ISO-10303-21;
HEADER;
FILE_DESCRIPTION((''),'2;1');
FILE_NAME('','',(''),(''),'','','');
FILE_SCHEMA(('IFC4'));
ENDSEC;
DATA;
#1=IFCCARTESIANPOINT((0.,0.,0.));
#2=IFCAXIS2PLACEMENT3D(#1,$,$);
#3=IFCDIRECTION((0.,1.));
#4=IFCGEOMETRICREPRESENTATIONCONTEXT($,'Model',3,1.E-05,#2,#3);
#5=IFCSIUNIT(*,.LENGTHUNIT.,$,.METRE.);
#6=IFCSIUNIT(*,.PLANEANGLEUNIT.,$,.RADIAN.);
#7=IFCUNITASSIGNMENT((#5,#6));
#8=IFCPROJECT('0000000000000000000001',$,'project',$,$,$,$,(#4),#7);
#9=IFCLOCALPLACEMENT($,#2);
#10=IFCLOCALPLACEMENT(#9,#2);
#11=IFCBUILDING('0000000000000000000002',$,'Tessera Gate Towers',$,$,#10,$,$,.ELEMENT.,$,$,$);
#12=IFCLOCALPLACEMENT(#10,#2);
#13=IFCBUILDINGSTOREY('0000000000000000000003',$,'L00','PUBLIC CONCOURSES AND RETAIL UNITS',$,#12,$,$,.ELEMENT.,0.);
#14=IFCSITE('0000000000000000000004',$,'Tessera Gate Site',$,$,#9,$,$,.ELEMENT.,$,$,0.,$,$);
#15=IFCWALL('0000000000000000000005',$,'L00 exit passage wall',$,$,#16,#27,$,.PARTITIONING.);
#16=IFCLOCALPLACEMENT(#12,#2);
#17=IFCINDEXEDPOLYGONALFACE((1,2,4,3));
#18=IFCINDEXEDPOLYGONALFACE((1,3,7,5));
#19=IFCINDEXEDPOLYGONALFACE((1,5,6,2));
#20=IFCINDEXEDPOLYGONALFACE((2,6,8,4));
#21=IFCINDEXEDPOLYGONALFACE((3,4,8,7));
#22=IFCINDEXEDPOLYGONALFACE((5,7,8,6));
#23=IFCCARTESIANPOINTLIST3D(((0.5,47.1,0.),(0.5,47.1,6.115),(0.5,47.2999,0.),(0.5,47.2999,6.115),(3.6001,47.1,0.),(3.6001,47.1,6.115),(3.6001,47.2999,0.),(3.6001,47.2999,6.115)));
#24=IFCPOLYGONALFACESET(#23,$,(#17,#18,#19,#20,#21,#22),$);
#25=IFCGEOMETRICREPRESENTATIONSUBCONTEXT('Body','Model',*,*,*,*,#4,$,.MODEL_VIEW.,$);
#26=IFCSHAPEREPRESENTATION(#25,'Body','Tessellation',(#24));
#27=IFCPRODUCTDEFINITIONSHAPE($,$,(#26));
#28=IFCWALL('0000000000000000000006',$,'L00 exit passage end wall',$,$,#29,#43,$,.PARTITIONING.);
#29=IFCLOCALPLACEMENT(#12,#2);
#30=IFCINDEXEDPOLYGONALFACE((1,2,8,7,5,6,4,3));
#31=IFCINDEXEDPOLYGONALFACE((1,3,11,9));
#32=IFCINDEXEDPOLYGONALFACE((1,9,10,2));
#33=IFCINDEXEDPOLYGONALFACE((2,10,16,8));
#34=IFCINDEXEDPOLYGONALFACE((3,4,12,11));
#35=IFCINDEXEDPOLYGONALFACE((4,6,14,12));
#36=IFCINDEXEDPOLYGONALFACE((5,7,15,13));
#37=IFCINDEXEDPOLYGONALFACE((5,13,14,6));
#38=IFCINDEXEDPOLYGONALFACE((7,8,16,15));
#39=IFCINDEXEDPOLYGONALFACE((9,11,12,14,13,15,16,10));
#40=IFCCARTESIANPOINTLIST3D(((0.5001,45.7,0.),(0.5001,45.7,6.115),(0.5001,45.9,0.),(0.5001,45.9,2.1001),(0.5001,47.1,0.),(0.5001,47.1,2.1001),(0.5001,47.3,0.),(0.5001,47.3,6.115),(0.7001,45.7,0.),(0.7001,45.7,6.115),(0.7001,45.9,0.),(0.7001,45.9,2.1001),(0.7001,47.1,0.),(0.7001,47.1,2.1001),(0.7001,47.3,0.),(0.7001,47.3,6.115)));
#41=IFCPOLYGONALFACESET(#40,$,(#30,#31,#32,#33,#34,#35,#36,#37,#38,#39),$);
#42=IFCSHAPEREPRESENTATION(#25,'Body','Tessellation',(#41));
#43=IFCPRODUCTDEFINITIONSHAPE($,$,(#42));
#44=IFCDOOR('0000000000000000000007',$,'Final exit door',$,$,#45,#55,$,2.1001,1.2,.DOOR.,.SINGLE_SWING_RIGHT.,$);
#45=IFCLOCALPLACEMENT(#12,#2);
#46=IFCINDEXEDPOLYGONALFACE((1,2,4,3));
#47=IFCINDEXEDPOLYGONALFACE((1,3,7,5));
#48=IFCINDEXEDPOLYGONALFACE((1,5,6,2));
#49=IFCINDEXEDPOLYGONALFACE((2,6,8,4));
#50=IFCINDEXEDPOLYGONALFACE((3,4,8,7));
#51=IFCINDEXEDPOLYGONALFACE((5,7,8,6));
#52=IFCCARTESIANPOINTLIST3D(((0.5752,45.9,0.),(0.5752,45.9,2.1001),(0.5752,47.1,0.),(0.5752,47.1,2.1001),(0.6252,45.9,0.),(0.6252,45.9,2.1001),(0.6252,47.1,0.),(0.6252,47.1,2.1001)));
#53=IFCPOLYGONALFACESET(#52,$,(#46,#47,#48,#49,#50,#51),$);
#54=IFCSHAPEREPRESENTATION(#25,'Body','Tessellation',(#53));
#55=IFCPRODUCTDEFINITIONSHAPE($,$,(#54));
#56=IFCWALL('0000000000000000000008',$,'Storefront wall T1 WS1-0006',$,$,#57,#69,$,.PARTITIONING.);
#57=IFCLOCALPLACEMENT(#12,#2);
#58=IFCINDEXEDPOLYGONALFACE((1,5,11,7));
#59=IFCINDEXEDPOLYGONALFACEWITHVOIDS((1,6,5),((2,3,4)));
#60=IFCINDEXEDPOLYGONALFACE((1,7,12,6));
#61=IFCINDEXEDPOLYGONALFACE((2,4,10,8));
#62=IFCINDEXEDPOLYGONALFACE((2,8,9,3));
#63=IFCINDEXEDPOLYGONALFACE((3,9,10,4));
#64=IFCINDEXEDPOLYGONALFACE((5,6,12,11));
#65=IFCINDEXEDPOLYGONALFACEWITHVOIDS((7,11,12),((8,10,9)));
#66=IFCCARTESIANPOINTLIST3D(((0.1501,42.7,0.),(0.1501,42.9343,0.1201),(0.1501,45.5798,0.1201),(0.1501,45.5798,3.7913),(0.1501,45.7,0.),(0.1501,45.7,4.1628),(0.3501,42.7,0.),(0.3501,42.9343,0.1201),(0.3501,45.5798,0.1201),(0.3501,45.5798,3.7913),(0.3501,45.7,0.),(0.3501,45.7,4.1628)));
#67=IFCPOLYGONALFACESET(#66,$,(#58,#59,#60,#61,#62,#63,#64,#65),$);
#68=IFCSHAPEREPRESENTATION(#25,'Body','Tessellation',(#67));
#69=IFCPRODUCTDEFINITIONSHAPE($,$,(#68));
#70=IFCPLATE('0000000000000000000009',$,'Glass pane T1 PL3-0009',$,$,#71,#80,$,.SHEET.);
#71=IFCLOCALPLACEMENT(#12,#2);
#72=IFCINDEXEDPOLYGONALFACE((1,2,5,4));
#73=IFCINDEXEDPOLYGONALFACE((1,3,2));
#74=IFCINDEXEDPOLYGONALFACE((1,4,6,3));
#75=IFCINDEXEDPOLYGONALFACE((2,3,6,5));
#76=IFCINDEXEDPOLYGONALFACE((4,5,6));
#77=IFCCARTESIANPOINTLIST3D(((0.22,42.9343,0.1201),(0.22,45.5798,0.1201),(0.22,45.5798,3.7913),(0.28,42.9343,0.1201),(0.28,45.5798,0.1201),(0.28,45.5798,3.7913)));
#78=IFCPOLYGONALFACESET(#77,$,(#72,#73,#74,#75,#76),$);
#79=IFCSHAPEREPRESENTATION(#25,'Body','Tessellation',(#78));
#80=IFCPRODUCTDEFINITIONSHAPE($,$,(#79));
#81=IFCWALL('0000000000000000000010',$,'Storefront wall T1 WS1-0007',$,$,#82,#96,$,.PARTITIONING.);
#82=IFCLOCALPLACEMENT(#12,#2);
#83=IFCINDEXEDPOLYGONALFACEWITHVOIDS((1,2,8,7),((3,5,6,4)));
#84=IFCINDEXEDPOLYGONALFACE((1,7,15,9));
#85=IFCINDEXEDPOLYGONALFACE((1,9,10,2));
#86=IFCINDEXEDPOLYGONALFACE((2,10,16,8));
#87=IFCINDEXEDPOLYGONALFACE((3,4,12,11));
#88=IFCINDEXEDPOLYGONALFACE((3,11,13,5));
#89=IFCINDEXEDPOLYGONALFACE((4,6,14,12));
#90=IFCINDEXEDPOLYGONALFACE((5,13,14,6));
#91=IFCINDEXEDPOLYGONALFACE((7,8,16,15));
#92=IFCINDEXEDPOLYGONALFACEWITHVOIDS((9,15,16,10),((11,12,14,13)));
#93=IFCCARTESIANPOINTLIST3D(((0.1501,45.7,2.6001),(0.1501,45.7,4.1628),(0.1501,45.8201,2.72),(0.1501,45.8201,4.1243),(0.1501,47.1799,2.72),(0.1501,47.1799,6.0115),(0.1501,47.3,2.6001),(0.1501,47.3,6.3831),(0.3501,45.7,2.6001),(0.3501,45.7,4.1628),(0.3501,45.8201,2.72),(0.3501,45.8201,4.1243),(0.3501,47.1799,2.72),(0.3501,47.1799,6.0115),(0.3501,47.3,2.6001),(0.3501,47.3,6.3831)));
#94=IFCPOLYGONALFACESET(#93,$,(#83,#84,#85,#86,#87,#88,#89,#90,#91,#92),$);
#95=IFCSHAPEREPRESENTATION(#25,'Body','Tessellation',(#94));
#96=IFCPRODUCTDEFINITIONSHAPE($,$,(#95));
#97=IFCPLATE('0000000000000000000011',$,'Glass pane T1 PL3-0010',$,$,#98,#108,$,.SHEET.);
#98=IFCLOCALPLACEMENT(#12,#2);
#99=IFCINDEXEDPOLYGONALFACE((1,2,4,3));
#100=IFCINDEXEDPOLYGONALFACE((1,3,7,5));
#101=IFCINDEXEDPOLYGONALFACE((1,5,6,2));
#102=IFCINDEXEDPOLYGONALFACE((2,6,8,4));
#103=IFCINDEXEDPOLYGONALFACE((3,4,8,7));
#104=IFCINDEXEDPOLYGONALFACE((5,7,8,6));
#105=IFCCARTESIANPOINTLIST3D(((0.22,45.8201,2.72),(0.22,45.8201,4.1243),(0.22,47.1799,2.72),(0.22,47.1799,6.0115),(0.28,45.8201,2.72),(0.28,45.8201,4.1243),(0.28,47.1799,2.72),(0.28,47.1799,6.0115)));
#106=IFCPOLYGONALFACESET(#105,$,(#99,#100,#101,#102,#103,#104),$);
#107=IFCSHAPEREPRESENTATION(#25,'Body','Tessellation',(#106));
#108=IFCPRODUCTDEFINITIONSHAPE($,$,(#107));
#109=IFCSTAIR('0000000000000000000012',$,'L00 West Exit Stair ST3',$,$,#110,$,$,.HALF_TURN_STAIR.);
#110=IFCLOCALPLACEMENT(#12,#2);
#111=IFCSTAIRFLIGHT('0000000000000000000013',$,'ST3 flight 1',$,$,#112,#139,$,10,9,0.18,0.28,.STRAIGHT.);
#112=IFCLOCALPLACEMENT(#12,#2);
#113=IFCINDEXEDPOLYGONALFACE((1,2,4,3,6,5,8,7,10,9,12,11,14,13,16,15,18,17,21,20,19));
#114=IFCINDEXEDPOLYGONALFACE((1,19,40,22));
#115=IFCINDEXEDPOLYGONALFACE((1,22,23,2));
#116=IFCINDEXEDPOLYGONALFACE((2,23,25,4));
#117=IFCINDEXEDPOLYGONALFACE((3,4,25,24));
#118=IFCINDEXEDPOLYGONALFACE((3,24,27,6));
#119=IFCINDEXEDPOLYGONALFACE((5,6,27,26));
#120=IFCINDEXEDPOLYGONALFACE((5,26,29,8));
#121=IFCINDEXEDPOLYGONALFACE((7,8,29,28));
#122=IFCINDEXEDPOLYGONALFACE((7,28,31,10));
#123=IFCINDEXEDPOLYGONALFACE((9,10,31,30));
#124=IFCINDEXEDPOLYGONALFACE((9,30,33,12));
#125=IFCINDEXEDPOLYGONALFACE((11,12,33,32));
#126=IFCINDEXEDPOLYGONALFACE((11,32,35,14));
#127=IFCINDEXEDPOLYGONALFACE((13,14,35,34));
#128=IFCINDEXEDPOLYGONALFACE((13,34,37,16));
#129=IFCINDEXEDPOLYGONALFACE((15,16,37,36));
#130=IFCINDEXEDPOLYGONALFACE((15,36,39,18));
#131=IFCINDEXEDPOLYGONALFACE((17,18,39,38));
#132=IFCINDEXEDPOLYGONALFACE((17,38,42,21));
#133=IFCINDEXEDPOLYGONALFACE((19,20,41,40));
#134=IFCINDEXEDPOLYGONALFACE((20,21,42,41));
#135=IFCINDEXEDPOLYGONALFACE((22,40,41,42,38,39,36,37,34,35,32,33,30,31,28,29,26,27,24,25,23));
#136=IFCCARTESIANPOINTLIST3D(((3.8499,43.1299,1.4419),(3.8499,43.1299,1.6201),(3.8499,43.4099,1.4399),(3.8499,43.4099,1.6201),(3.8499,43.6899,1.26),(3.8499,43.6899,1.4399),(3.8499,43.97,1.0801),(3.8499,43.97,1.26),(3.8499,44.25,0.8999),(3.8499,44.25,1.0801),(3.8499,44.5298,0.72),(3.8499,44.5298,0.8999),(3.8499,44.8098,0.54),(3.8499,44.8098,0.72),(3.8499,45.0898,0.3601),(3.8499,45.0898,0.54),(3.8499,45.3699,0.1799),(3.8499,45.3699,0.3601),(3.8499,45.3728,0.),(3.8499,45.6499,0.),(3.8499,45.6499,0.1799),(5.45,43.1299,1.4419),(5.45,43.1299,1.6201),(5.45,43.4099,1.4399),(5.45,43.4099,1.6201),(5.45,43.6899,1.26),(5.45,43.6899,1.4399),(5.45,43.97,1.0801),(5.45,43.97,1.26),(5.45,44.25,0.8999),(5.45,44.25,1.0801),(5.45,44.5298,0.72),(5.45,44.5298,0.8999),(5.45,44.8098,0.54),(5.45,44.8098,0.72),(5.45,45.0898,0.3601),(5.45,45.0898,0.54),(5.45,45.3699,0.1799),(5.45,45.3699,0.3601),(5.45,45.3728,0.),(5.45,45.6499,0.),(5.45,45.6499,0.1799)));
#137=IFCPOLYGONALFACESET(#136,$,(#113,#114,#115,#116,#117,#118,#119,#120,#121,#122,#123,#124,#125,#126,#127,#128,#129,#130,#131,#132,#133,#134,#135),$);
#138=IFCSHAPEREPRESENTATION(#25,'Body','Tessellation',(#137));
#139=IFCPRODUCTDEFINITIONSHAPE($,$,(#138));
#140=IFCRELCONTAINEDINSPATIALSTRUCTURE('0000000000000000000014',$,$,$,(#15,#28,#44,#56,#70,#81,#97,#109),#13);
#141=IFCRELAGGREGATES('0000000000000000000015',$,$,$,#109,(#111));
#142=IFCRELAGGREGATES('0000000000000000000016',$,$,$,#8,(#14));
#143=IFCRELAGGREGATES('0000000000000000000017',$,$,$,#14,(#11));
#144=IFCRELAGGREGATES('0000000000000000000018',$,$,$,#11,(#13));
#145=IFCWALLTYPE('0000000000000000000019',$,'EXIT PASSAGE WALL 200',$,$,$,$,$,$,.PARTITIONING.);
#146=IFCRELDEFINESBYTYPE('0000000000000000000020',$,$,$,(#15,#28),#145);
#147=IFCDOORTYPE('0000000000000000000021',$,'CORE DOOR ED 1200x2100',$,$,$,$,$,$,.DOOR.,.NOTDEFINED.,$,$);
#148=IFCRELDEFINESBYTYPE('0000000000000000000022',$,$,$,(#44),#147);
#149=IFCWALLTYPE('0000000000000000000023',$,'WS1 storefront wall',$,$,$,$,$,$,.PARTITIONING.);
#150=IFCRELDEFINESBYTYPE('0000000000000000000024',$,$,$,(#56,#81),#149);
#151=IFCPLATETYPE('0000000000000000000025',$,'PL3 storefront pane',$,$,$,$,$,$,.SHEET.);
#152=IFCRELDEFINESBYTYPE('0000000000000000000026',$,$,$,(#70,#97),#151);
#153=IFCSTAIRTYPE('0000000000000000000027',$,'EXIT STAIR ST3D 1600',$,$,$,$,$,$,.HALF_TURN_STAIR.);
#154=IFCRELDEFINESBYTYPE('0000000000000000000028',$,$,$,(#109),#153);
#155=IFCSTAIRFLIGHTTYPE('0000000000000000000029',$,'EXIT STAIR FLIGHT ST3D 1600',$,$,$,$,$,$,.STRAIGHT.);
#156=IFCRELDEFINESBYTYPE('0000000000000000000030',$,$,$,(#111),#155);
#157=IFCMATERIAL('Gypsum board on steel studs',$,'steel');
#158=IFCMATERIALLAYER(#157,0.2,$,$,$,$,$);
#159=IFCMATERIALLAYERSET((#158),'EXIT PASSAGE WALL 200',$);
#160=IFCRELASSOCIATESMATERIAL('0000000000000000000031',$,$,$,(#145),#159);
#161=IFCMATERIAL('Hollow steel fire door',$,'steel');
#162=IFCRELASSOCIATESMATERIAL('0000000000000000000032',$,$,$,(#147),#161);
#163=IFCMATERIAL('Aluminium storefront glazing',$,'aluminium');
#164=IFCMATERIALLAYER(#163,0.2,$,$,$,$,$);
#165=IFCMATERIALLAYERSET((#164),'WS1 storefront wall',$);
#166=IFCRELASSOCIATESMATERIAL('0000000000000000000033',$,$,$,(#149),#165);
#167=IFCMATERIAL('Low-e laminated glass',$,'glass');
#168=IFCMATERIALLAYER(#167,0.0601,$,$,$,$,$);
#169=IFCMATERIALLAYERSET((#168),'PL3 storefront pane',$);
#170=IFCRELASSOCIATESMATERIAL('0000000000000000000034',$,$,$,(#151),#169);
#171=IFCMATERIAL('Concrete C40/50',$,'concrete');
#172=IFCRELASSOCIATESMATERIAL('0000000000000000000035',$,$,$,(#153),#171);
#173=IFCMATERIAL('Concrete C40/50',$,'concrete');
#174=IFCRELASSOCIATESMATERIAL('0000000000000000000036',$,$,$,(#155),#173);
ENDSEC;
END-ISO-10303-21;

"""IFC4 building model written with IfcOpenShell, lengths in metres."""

from ifc_helpers import new_model, si_unit, direction, frame, frame_2d, origin, place, context, subcontext, project, spatial, polyline, rectangle, outline, extrude, source, transform, mapped, material, layer, layer_set, type_object, element, fill, aggregate, save


model = new_model("IFC4")

# Units and contexts
model_context = context("Model", 3, precision=1e-05, world=origin(), true_north=direction((0.0, 1.0)))
body_context = subcontext(model_context, "Body", "Model", "MODEL_VIEW")
ifc_project = project(units=[si_unit("LENGTHUNIT", "METRE"), si_unit("PLANEANGLEUNIT", "RADIAN")], contexts=[model_context])

# Site, building, storey
site_placement = place(None, origin())
site = spatial("IfcSite", under=ifc_project, at=site_placement, Name="Tessera Gate Site", CompositionType="ELEMENT", RefElevation=0.0)
building_placement = place(site_placement, origin())
building = spatial("IfcBuilding", under=site, at=building_placement, Name="Tessera Gate Towers", CompositionType="ELEMENT")
storey_placement = place(building_placement, origin())
storey = spatial("IfcBuildingStorey", under=building, at=storey_placement, Name="L00", Description="PUBLIC CONCOURSES AND RETAIL UNITS", CompositionType="ELEMENT", Elevation=0.0)

# Wall
ifc_material_1 = material(Name="Gypsum board on steel studs", Category="steel")
ifc_layer_1 = layer(ifc_material_1, 0.2)
ifc_layer_set_1 = layer_set([ifc_layer_1], Name="EXIT PASSAGE WALL 200")
wall_type_1 = type_object("IfcWallType", Name="EXIT PASSAGE WALL 200", PredefinedType="PARTITIONING", material=ifc_layer_set_1)
for number, where, z_axis, x_axis, name in (
    (1, (0.5, 47.2, 0.0), (0.0, 0.0, 1.0), (1.0, 0.0, 0.0), "L00 exit passage wall"),
):
    element("IfcWall", number, at=place(storey_placement, frame(where, z_axis=z_axis, x_axis=x_axis)), inside=storey, type_object=wall_type_1, Name=name, PredefinedType="PARTITIONING", context=body_context, shape_type="SweptSolid", body=[
        extrude(rectangle(XDim=3.1001, YDim=0.2, at=frame_2d((1.55, 0.0))), origin(), (0.0, 0.0, 1.0), 6.115),
    ])

# Wall, opening, door
wall_1_placement = place(storey_placement, frame((0.6001, 45.7, 0.0), z_axis=(0.0, 0.0, 1.0), x_axis=(0.0, 1.0, 0.0)))
wall_1 = element("IfcWall", 2, at=wall_1_placement, inside=storey, type_object=wall_type_1, Name="L00 exit passage end wall", PredefinedType="PARTITIONING", context=body_context, shape_type="SweptSolid", body=[
    extrude(rectangle(XDim=1.6001, YDim=0.2, at=frame_2d((0.8, 0.0))), origin(), (0.0, 0.0, 1.0), 6.115),
])
shared_shape_1 = source(origin(), body_context, "Body", "SweptSolid", [
    extrude(rectangle(XDim=1.2, YDim=2.1001, at=frame_2d((0.6001, 1.05))), frame((0.0, 0.1099, 0.0), z_axis=(0.0, -1.0, 0.0), x_axis=(1.0, 0.0, 0.0)), (0.0, 0.0, 1.0), 0.22),
])
opening_1_placement = place(wall_1_placement, frame((0.2, 0.0, 0.0)))
opening_1 = element("IfcOpeningElement", 3, at=opening_1_placement, cuts=wall_1, PredefinedType="OPENING", context=body_context, shape_type="MappedRepresentation", body=[
    mapped(shared_shape_1, transform((0.0, 0.0, 0.0), scale=1.0)),
])
ifc_material_2 = material(Name="Hollow steel fire door", Category="steel")
door_type = type_object("IfcDoorType", Name="CORE DOOR ED 1200x2100", OperationType="NOTDEFINED", PredefinedType="DOOR", material=ifc_material_2)
shared_shape_2 = source(origin(), body_context, "Body", "SweptSolid", [
    extrude(rectangle(XDim=1.2, YDim=2.1001, at=frame_2d((0.6001, 1.05))), frame((0.0, 0.0249, 0.0), z_axis=(0.0, -1.0, 0.0), x_axis=(1.0, 0.0, 0.0)), (0.0, 0.0, 1.0), 0.05),
])
door_placement = place(opening_1_placement, origin())
door = element("IfcDoor", 4, at=door_placement, inside=storey, type_object=door_type, Name="Final exit door", OperationType="SINGLE_SWING_RIGHT", OverallHeight=2.1001, OverallWidth=1.2, PredefinedType="DOOR", context=body_context, shape_type="MappedRepresentation", body=[
    mapped(shared_shape_2, transform((0.0, 0.0, 0.0), scale=1.0)),
])
fill(opening_1, door)

# Walls, openings, plates
ifc_material_3 = material(Name="Aluminium storefront glazing", Category="aluminium")
ifc_layer_2 = layer(ifc_material_3, 0.2)
ifc_layer_set_2 = layer_set([ifc_layer_2], Name="WS1 storefront wall")
wall_type_2 = type_object("IfcWallType", Name="WS1 storefront wall", PredefinedType="PARTITIONING", material=ifc_layer_set_2)
shared_shape_3 = source(origin(), body_context, "Body", "SweptSolid", [
    extrude(outline(polyline([(0.0, 0.0), (3.0, 0.0), (0.0, 4.1628), (0.0, 0.0)])), frame((0.0, 0.1001, 0.0), z_axis=(0.0, -1.0, 0.0), x_axis=(1.0, 0.0, 0.0)), (0.0, 0.0, 1.0), 0.2),
])
wall_2_placement = place(storey_placement, frame((0.25, 45.7, 0.0), z_axis=(0.0, 0.0, 1.0), x_axis=(0.0, -1.0, 0.0)))
wall_2 = element("IfcWall", 5, at=wall_2_placement, inside=storey, type_object=wall_type_2, Name="Storefront wall T1 WS1-0006", PredefinedType="PARTITIONING", context=body_context, shape_type="MappedRepresentation", body=[
    mapped(shared_shape_3, transform((0.0, 0.0, 0.0), scale=1.0)),
])
shared_shape_4 = source(origin(), body_context, "Body", "SweptSolid", [
    extrude(outline(polyline([(0.1201, 0.1201), (2.7656, 0.1201), (0.1201, 3.7913), (0.1201, 0.1201)])), frame((0.0, 0.1099, 0.0), z_axis=(0.0, -1.0, 0.0), x_axis=(1.0, 0.0, 0.0)), (0.0, 0.0, 1.0), 0.22),
])
opening_2_placement = place(wall_2_placement, origin())
opening_2 = element("IfcOpeningElement", 6, at=opening_2_placement, cuts=wall_2, PredefinedType="OPENING", context=body_context, shape_type="MappedRepresentation", body=[
    mapped(shared_shape_4, transform((0.0, 0.0, 0.0), scale=1.0)),
])
ifc_material_4 = material(Name="Low-e laminated glass", Category="glass")
ifc_layer_3 = layer(ifc_material_4, 0.0601)
ifc_layer_set_3 = layer_set([ifc_layer_3], Name="PL3 storefront pane")
plate_type = type_object("IfcPlateType", Name="PL3 storefront pane", PredefinedType="SHEET", material=ifc_layer_set_3)
shared_shape_5 = source(origin(), body_context, "Body", "SweptSolid", [
    extrude(outline(polyline([(0.1201, 0.1201), (2.7656, 0.1201), (0.1201, 3.7913), (0.1201, 0.1201)])), frame((0.0, 0.03, 0.0), z_axis=(0.0, -1.0, 0.0), x_axis=(1.0, 0.0, 0.0)), (0.0, 0.0, 1.0), 0.0601),
])
plate_1_placement = place(opening_2_placement, origin())
plate_1 = element("IfcPlate", 7, at=plate_1_placement, inside=storey, type_object=plate_type, Name="Glass pane T1 PL3-0009", PredefinedType="SHEET", context=body_context, shape_type="MappedRepresentation", body=[
    mapped(shared_shape_5, transform((0.0, 0.0, 0.0), scale=1.0)),
])
fill(opening_2, plate_1)
shared_shape_6 = source(origin(), body_context, "Body", "SweptSolid", [
    extrude(outline(polyline([(1.6001, 0.0), (1.6001, 1.5627), (0.0, 3.783), (0.0, 0.0), (1.6001, 0.0)])), frame((0.0, 0.1001, 0.0), z_axis=(0.0, -1.0, 0.0), x_axis=(1.0, 0.0, 0.0)), (0.0, 0.0, 1.0), 0.2),
])
wall_3_placement = place(storey_placement, frame((0.25, 47.3, 2.6001), z_axis=(0.0, 0.0, 1.0), x_axis=(0.0, -1.0, 0.0)))
wall_3 = element("IfcWall", 8, at=wall_3_placement, inside=storey, type_object=wall_type_2, Name="Storefront wall T1 WS1-0007", PredefinedType="PARTITIONING", context=body_context, shape_type="MappedRepresentation", body=[
    mapped(shared_shape_6, transform((0.0, 0.0, 0.0), scale=1.0)),
])
shared_shape_7 = source(origin(), body_context, "Body", "SweptSolid", [
    extrude(outline(polyline([(1.48, 0.1199), (1.48, 1.5242), (0.1201, 3.4114), (0.1201, 0.1199), (1.48, 0.1199)])), frame((0.0, 0.1099, 0.0), z_axis=(0.0, -1.0, 0.0), x_axis=(1.0, 0.0, 0.0)), (0.0, 0.0, 1.0), 0.22),
])
opening_3_placement = place(wall_3_placement, origin())
opening_3 = element("IfcOpeningElement", 9, at=opening_3_placement, cuts=wall_3, PredefinedType="OPENING", context=body_context, shape_type="MappedRepresentation", body=[
    mapped(shared_shape_7, transform((0.0, 0.0, 0.0), scale=1.0)),
])
shared_shape_8 = source(origin(), body_context, "Body", "SweptSolid", [
    extrude(outline(polyline([(1.48, 0.1199), (1.48, 1.5242), (0.1201, 3.4114), (0.1201, 0.1199), (1.48, 0.1199)])), frame((0.0, 0.03, 0.0), z_axis=(0.0, -1.0, 0.0), x_axis=(1.0, 0.0, 0.0)), (0.0, 0.0, 1.0), 0.0601),
])
plate_2_placement = place(opening_3_placement, origin())
plate_2 = element("IfcPlate", 10, at=plate_2_placement, inside=storey, type_object=plate_type, Name="Glass pane T1 PL3-0010", PredefinedType="SHEET", context=body_context, shape_type="MappedRepresentation", body=[
    mapped(shared_shape_8, transform((0.0, 0.0, 0.0), scale=1.0)),
])
fill(opening_3, plate_2)

# Stair, stair flight
ifc_material_5 = material(Name="Concrete C40/50", Category="concrete")
stair_type = type_object("IfcStairType", Name="EXIT STAIR ST3D 1600", PredefinedType="HALF_TURN_STAIR", material=ifc_material_5)
stair_placement = place(storey_placement, origin())
stair = element("IfcStair", 11, at=stair_placement, inside=storey, type_object=stair_type, Name="L00 West Exit Stair ST3", PredefinedType="HALF_TURN_STAIR")
ifc_material_6 = material(Name="Concrete C40/50", Category="concrete")
stair_flight_type = type_object("IfcStairFlightType", Name="EXIT STAIR FLIGHT ST3D 1600", PredefinedType="STRAIGHT", material=ifc_material_6)
stair_flight_1_placement = place(storey_placement, frame((4.6499, 45.6499, 0.0), z_axis=(0.0, 0.0, 1.0), x_axis=(0.0, -1.0, 0.0)))
stair_flight_1 = element("IfcStairFlight", 12, at=stair_flight_1_placement, type_object=stair_flight_type, Name="ST3 flight 1", NumberOfRisers=10, NumberOfTreads=9, PredefinedType="STRAIGHT", RiserHeight=0.18, TreadLength=0.28, context=body_context, shape_type="SweptSolid", body=[
    extrude(outline(polyline([(0.0, 0.0), (0.0, 0.1799), (0.28, 0.1799), (0.28, 0.3601), (0.5601, 0.3601), (0.5601, 0.54), (0.8401, 0.54), (0.8401, 0.72), (1.1201, 0.72), (1.1201, 0.8999), (1.3999, 0.8999), (1.3999, 1.0801), (1.6799, 1.0801), (1.6799, 1.26), (1.96, 1.26), (1.96, 1.4399), (2.24, 1.4399), (2.24, 1.6201), (2.52, 1.6201), (2.52, 1.8), (2.52, 1.4419), (0.2771, 0.0), (0.0, 0.0)])), frame((0.0, 0.8, 0.0), z_axis=(0.0, -1.0, 0.0), x_axis=(1.0, 0.0, 0.0)), (0.0, 0.0, 1.0), 1.6001),
])
aggregate(stair, [stair_flight_1])

save(model, "model.ifc")
